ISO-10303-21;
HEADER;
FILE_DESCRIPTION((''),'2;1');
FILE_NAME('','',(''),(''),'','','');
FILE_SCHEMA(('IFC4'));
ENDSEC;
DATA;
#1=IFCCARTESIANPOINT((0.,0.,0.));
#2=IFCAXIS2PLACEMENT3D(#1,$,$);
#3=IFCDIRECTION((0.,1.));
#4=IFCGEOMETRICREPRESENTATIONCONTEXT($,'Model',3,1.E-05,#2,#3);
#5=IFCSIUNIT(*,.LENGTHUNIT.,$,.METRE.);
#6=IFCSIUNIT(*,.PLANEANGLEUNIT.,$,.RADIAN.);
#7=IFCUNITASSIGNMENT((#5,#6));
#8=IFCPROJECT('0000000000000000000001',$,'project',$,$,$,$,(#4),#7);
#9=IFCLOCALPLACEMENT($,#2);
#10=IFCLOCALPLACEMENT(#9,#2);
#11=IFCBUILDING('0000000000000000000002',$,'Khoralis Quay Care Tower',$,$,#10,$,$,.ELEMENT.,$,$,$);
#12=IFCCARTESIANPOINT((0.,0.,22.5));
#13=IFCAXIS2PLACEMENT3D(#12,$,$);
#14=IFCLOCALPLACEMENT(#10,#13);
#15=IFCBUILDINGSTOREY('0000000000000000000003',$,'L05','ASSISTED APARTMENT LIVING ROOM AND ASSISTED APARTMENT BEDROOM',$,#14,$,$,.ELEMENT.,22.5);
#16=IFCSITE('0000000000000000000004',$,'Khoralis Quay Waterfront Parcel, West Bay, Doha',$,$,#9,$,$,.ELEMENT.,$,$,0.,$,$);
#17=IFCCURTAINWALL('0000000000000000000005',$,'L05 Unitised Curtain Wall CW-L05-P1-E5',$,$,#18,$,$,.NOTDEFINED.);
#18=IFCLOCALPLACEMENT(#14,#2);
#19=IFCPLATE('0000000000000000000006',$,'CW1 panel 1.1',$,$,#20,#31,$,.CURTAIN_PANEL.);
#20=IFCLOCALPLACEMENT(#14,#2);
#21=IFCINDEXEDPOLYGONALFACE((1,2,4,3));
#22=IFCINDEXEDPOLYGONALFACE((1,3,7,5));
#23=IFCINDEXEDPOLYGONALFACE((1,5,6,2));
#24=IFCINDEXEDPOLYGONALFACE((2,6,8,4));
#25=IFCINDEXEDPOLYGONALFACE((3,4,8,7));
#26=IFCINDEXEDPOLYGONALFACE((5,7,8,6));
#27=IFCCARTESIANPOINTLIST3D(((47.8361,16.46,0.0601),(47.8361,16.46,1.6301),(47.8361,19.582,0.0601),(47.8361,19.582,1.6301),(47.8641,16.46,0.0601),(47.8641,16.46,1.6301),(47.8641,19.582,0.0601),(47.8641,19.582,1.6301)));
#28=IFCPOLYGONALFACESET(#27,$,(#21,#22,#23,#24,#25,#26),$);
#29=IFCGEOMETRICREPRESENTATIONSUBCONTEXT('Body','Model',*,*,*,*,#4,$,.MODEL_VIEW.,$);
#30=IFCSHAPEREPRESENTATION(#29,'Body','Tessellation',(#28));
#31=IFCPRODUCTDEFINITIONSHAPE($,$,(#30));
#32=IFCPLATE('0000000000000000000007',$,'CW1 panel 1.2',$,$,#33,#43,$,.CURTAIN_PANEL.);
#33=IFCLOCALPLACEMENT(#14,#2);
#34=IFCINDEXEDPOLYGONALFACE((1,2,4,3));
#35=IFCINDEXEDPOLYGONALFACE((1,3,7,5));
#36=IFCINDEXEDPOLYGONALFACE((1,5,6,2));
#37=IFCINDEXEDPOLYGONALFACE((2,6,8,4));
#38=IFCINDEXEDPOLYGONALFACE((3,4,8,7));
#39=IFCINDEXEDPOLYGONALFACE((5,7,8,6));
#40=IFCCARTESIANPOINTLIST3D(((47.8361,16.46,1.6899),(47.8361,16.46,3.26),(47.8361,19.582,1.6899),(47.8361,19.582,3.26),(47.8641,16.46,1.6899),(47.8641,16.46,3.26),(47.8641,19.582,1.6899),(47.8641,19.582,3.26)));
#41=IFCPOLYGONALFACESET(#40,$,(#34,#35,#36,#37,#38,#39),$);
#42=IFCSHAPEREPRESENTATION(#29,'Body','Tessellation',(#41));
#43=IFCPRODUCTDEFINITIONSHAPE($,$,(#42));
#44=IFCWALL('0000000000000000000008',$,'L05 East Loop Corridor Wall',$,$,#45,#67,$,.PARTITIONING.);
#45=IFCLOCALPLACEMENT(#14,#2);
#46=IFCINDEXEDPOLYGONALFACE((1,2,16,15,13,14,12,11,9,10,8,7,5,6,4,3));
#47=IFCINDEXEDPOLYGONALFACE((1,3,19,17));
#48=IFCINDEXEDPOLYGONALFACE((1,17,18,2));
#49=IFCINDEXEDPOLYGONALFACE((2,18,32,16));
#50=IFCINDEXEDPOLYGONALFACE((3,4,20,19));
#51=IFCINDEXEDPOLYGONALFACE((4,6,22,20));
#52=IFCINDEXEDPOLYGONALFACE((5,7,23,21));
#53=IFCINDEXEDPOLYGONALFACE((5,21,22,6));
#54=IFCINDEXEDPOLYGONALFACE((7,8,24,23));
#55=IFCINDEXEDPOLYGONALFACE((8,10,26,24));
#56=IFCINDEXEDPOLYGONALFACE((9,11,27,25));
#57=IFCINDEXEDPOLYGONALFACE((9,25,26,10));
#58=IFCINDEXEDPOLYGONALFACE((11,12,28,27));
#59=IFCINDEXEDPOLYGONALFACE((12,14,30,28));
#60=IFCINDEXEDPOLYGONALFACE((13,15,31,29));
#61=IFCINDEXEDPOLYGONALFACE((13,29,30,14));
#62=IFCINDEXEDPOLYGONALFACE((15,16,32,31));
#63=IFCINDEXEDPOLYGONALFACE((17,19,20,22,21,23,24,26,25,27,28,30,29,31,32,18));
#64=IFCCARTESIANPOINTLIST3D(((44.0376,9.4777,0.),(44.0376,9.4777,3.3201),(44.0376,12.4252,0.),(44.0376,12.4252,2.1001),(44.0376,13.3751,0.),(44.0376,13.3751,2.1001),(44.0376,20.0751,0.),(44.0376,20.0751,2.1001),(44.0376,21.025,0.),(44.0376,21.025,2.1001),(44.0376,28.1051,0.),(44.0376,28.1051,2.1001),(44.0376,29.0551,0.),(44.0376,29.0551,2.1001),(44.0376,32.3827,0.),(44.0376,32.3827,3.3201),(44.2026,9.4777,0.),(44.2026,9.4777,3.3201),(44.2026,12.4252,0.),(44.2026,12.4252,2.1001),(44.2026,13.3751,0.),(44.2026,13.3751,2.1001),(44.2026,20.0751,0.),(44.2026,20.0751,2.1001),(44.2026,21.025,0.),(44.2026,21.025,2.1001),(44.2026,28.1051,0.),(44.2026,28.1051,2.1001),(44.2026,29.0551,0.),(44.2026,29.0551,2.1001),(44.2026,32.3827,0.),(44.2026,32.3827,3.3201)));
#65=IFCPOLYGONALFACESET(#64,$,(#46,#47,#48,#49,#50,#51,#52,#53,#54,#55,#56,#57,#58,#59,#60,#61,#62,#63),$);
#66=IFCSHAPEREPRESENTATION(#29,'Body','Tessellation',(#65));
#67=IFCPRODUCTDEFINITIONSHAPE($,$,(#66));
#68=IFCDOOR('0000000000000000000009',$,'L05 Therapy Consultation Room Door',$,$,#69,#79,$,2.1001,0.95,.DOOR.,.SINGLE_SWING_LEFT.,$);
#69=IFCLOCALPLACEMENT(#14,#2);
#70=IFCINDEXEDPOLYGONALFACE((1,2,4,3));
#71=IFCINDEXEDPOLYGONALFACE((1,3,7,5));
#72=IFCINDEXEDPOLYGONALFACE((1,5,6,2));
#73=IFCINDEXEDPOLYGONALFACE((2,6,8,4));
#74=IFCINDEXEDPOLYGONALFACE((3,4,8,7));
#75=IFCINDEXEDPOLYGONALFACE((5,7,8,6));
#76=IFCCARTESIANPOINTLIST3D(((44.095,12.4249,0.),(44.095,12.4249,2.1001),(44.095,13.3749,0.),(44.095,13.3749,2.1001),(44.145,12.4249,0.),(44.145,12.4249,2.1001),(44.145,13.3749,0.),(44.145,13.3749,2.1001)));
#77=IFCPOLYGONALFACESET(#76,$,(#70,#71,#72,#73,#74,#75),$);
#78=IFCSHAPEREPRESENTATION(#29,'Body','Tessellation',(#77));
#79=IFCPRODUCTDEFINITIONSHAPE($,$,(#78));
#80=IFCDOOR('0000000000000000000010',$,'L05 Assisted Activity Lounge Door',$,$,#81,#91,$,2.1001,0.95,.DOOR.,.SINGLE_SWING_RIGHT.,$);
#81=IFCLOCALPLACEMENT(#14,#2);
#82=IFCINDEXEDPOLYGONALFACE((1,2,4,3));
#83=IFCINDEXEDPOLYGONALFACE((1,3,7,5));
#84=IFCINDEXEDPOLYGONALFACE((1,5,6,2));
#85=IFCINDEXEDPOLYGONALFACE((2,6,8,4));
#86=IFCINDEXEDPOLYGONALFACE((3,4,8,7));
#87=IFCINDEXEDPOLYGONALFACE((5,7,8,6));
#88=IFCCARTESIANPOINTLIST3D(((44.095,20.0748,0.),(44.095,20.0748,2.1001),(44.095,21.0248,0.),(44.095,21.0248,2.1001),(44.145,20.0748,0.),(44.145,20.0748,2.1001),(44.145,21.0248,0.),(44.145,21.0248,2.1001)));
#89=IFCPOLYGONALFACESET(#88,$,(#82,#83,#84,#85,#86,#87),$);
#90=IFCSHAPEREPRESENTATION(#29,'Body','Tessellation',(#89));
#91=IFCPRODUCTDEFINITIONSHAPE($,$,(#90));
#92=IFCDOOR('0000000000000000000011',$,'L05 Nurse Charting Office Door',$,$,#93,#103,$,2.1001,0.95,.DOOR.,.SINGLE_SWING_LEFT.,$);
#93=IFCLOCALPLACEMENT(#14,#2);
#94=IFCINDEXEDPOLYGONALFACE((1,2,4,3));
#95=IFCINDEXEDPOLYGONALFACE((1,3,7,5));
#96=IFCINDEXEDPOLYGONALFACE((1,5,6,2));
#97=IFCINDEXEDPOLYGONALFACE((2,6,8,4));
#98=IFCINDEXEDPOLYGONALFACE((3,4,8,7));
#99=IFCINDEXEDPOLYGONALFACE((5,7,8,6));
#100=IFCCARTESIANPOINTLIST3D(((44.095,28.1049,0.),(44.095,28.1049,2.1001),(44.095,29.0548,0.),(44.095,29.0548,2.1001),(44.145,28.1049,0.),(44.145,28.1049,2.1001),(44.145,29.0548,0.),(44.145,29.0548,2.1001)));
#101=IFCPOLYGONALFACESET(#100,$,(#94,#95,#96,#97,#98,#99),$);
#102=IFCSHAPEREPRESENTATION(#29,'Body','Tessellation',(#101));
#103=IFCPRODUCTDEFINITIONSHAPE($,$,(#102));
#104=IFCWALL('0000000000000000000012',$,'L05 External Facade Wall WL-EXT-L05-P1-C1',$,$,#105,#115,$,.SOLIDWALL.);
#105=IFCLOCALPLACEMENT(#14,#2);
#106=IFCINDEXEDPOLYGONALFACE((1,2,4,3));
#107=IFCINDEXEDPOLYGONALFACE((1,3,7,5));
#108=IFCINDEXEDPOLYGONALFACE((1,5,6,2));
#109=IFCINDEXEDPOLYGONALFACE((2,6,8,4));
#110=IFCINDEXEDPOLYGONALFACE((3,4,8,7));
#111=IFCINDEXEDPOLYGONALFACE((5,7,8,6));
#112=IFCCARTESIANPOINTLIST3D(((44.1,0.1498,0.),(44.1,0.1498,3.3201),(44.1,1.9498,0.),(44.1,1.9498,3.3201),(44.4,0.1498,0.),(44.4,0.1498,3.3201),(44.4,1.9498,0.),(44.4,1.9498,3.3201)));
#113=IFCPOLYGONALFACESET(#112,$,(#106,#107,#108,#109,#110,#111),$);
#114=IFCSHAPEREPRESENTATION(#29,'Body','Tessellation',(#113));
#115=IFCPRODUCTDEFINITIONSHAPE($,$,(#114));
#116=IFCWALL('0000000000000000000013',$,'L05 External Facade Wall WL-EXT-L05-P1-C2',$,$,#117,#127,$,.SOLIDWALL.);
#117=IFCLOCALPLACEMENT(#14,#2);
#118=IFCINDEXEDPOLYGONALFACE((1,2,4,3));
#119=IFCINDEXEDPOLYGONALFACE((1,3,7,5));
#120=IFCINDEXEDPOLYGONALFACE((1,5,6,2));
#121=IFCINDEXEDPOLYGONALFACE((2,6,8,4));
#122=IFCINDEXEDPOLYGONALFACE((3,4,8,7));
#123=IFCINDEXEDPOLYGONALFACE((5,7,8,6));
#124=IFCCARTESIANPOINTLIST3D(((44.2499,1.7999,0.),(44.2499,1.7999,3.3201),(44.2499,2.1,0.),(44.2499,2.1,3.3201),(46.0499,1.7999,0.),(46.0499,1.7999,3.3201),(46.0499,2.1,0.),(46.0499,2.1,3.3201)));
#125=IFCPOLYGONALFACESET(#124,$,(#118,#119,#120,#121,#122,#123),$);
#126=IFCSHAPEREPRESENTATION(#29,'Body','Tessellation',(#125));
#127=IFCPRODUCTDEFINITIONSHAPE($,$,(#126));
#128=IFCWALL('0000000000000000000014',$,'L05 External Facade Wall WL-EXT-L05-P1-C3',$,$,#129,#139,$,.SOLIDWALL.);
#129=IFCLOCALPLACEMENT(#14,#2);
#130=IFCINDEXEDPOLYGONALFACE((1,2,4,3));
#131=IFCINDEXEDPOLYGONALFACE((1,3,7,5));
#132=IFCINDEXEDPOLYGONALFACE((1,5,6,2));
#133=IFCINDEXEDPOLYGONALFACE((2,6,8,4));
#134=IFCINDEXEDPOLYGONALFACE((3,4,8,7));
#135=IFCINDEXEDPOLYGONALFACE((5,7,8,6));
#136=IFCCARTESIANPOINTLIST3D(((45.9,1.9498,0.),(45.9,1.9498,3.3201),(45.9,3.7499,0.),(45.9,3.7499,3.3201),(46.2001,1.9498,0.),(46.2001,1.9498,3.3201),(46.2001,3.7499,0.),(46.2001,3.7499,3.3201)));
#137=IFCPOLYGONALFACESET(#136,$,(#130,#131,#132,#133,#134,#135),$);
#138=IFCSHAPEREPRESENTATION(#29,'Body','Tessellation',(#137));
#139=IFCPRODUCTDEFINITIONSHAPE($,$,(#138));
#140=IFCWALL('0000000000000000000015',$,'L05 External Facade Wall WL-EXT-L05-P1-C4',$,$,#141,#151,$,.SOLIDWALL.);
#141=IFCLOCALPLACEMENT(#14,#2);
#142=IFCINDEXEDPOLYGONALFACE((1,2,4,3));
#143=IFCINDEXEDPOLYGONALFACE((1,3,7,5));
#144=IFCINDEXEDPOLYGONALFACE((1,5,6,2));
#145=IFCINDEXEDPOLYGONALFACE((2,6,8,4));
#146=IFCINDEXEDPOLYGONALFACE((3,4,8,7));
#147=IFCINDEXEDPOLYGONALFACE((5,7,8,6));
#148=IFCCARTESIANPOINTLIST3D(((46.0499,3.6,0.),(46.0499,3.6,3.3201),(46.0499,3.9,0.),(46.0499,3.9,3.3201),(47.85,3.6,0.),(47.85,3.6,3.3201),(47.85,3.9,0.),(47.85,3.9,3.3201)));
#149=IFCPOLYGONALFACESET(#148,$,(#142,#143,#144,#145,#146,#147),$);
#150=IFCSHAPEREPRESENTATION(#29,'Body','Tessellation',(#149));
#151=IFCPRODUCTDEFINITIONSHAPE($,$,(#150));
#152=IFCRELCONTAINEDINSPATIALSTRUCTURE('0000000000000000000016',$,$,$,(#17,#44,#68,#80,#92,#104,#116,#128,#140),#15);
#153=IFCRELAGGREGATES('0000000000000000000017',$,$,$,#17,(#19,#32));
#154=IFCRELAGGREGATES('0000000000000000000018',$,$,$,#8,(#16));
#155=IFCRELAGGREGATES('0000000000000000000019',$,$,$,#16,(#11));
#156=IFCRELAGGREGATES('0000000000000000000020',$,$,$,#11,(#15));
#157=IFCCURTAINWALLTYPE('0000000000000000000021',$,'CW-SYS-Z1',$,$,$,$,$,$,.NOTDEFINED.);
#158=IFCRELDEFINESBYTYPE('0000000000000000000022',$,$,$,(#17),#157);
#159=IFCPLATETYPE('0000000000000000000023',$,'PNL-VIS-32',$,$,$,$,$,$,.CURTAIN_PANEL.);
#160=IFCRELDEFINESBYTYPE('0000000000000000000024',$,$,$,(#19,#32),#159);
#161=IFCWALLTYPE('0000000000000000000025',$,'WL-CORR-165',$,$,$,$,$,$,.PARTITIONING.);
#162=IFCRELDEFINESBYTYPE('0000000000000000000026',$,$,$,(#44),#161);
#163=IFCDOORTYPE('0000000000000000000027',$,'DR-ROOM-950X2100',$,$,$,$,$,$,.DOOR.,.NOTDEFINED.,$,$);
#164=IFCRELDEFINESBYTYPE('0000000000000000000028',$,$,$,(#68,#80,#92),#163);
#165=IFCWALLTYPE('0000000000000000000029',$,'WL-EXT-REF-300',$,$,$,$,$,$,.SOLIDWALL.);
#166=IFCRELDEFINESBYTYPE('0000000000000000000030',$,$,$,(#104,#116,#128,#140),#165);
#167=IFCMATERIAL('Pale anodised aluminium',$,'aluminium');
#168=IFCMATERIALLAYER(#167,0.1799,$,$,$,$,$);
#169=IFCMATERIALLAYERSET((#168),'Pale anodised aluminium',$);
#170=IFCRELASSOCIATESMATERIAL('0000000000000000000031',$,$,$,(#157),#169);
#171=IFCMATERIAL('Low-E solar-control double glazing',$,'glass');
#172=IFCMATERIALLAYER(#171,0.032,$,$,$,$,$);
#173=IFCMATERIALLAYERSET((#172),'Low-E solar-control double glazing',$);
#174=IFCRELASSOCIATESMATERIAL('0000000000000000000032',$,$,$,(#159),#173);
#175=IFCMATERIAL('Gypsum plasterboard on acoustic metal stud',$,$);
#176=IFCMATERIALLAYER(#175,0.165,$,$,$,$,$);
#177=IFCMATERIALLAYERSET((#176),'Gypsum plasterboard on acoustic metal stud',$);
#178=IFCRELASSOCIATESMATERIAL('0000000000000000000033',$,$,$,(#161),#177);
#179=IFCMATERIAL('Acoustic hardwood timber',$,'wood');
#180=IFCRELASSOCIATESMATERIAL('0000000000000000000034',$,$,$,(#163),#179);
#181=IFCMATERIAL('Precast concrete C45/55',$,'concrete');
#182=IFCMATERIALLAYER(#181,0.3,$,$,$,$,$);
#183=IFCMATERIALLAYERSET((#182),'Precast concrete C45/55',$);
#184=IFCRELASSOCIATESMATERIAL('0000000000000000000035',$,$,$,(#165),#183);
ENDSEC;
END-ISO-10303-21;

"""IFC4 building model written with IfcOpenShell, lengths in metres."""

from ifc_helpers import new_model, si_unit, direction, frame, frame_2d, origin, origin_2d, place, context, subcontext, project, spatial, rectangle, extrude, source, transform, mapped, material, layer, layer_set, type_object, element, fill, aggregate, save


model = new_model("IFC4")

# Units and contexts
model_context = context("Model", 3, precision=1e-05, world=origin(), true_north=direction((0.0, 1.0)))
body_context = subcontext(model_context, "Body", "Model", "MODEL_VIEW")
ifc_project = project(units=[si_unit("LENGTHUNIT", "METRE"), si_unit("PLANEANGLEUNIT", "RADIAN")], contexts=[model_context])

# Site, building, storey
site_placement = place(None, origin())
site = spatial("IfcSite", under=ifc_project, at=site_placement, Name="Khoralis Quay Waterfront Parcel, West Bay, Doha", CompositionType="ELEMENT", RefElevation=0.0)
building_placement = place(site_placement, origin())
building = spatial("IfcBuilding", under=site, at=building_placement, Name="Khoralis Quay Care Tower", CompositionType="ELEMENT")
storey_placement = place(building_placement, frame((0.0, 0.0, 22.5)))
storey = spatial("IfcBuildingStorey", under=building, at=storey_placement, Name="L05", Description="ASSISTED APARTMENT LIVING ROOM AND ASSISTED APARTMENT BEDROOM", CompositionType="ELEMENT", Elevation=22.5)

# Curtain wall, plates
ifc_material_1 = material(Name="Pale anodised aluminium", Category="aluminium")
ifc_layer_1 = layer(ifc_material_1, 0.1799)
ifc_layer_set_1 = layer_set([ifc_layer_1], Name="Pale anodised aluminium")
curtain_wall_type = type_object("IfcCurtainWallType", Name="CW-SYS-Z1", PredefinedType="NOTDEFINED", material=ifc_layer_set_1)
curtain_wall_placement = place(storey_placement, origin())
curtain_wall = element("IfcCurtainWall", 1, at=curtain_wall_placement, inside=storey, type_object=curtain_wall_type, Name="L05 Unitised Curtain Wall CW-L05-P1-E5", PredefinedType="NOTDEFINED")
ifc_material_2 = material(Name="Low-E solar-control double glazing", Category="glass")
ifc_layer_2 = layer(ifc_material_2, 0.032)
ifc_layer_set_2 = layer_set([ifc_layer_2], Name="Low-E solar-control double glazing")
plate_type = type_object("IfcPlateType", Name="PNL-VIS-32", PredefinedType="CURTAIN_PANEL", material=ifc_layer_set_2)
shared_shape_1 = source(origin(), body_context, "Body", "SweptSolid", [
    extrude(rectangle(XDim=3.1221, YDim=0.0281, at=origin_2d()), origin(), (0.0, 0.0, 1.0), 1.5701),
])
plate_1_placement = place(storey_placement, frame((47.8501, 18.021, 0.0601), z_axis=(0.0, 0.0, 1.0), x_axis=(0.0, 1.0, 0.0)))
plate_1 = element("IfcPlate", 2, at=plate_1_placement, type_object=plate_type, Name="CW1 panel 1.1", PredefinedType="CURTAIN_PANEL", context=body_context, shape_type="MappedRepresentation", body=[
    mapped(shared_shape_1, transform((0.0, 0.0, 0.0), scale=1.0)),
])
plate_2_placement = place(storey_placement, frame((47.8501, 18.021, 1.6899), z_axis=(0.0, 0.0, 1.0), x_axis=(0.0, 1.0, 0.0)))
plate_2 = element("IfcPlate", 3, at=plate_2_placement, type_object=plate_type, Name="CW1 panel 1.2", PredefinedType="CURTAIN_PANEL", context=body_context, shape_type="MappedRepresentation", body=[
    mapped(shared_shape_1, transform((0.0, 0.0, 0.0), scale=1.0)),
])
aggregate(curtain_wall, [plate_1, plate_2])

# Wall, openings, doors
ifc_material_3 = material(Name="Gypsum plasterboard on acoustic metal stud")
ifc_layer_3 = layer(ifc_material_3, 0.165)
ifc_layer_set_3 = layer_set([ifc_layer_3], Name="Gypsum plasterboard on acoustic metal stud")
wall_type_1 = type_object("IfcWallType", Name="WL-CORR-165", PredefinedType="PARTITIONING", material=ifc_layer_set_3)
wall_1_placement = place(storey_placement, frame((44.1201, 9.4775, 0.0), z_axis=(0.0, 0.0, 1.0), x_axis=(0.0, 1.0, 0.0)))
wall_1 = element("IfcWall", 4, at=wall_1_placement, inside=storey, type_object=wall_type_1, Name="L05 East Loop Corridor Wall", PredefinedType="PARTITIONING", context=body_context, shape_type="SweptSolid", body=[
    extrude(rectangle(XDim=22.905, YDim=0.165, at=frame_2d((11.4526, 0.0))), origin(), (0.0, 0.0, 1.0), 3.3201),
])
opening_1_placement = place(wall_1_placement, frame((2.9475, 0.0, 0.0)))
opening_1 = element("IfcOpeningElement", 5, at=opening_1_placement, cuts=wall_1, PredefinedType="OPENING", context=body_context, shape_type="SweptSolid", body=[
    extrude(rectangle(XDim=0.95, YDim=2.1001, at=frame_2d((0.4751, 1.05))), frame((0.0, 0.0925, 0.0), z_axis=(0.0, -1.0, 0.0), x_axis=(1.0, 0.0, 0.0)), (0.0, 0.0, 1.0), 0.1851),
])
opening_2_placement = place(wall_1_placement, frame((10.5974, 0.0, 0.0)))
opening_2 = element("IfcOpeningElement", 6, at=opening_2_placement, cuts=wall_1, PredefinedType="OPENING", context=body_context, shape_type="SweptSolid", body=[
    extrude(rectangle(XDim=0.95, YDim=2.1001, at=frame_2d((0.4751, 1.05))), frame((0.0, 0.0925, 0.0), z_axis=(0.0, -1.0, 0.0), x_axis=(1.0, 0.0, 0.0)), (0.0, 0.0, 1.0), 0.1851),
])
opening_3_placement = place(wall_1_placement, frame((18.6274, 0.0, 0.0)))
opening_3 = element("IfcOpeningElement", 7, at=opening_3_placement, cuts=wall_1, PredefinedType="OPENING", context=body_context, shape_type="SweptSolid", body=[
    extrude(rectangle(XDim=0.95, YDim=2.1001, at=frame_2d((0.4751, 1.05))), frame((0.0, 0.0925, 0.0), z_axis=(0.0, -1.0, 0.0), x_axis=(1.0, 0.0, 0.0)), (0.0, 0.0, 1.0), 0.1851),
])
ifc_material_4 = material(Name="Acoustic hardwood timber", Category="wood")
door_type = type_object("IfcDoorType", Name="DR-ROOM-950X2100", OperationType="NOTDEFINED", PredefinedType="DOOR", material=ifc_material_4)
shared_shape_2 = source(origin(), body_context, "Body", "SweptSolid", [
    extrude(rectangle(XDim=0.95, YDim=2.1001, at=frame_2d((0.4751, 1.05))), frame((0.0, 0.0249, 0.0), z_axis=(0.0, -1.0, 0.0), x_axis=(1.0, 0.0, 0.0)), (0.0, 0.0, 1.0), 0.05),
])
door_1_placement = place(opening_1_placement, frame((0.95, 0.0, 0.0), z_axis=(0.0, 0.0, 1.0), x_axis=(-1.0, 0.0, 0.0)))
door_1 = element("IfcDoor", 8, at=door_1_placement, inside=storey, type_object=door_type, Name="L05 Therapy Consultation Room Door", OperationType="SINGLE_SWING_LEFT", OverallHeight=2.1001, OverallWidth=0.95, PredefinedType="DOOR", context=body_context, shape_type="MappedRepresentation", body=[
    mapped(shared_shape_2, transform((0.0, 0.0, 0.0), scale=1.0)),
])
fill(opening_1, door_1)
door_2_placement = place(opening_2_placement, frame((0.95, 0.0, 0.0), z_axis=(0.0, 0.0, 1.0), x_axis=(-1.0, 0.0, 0.0)))
door_2 = element("IfcDoor", 9, at=door_2_placement, inside=storey, type_object=door_type, Name="L05 Assisted Activity Lounge Door", OperationType="SINGLE_SWING_RIGHT", OverallHeight=2.1001, OverallWidth=0.95, PredefinedType="DOOR", context=body_context, shape_type="MappedRepresentation", body=[
    mapped(shared_shape_2, transform((0.0, 0.0, 0.0), scale=1.0)),
])
fill(opening_2, door_2)
door_3_placement = place(opening_3_placement, frame((0.95, 0.0, 0.0), z_axis=(0.0, 0.0, 1.0), x_axis=(-1.0, 0.0, 0.0)))
door_3 = element("IfcDoor", 10, at=door_3_placement, inside=storey, type_object=door_type, Name="L05 Nurse Charting Office Door", OperationType="SINGLE_SWING_LEFT", OverallHeight=2.1001, OverallWidth=0.95, PredefinedType="DOOR", context=body_context, shape_type="MappedRepresentation", body=[
    mapped(shared_shape_2, transform((0.0, 0.0, 0.0), scale=1.0)),
])
fill(opening_3, door_3)

# Walls
ifc_material_5 = material(Name="Precast concrete C45/55", Category="concrete")
ifc_layer_4 = layer(ifc_material_5, 0.3)
ifc_layer_set_4 = layer_set([ifc_layer_4], Name="Precast concrete C45/55")
wall_type_2 = type_object("IfcWallType", Name="WL-EXT-REF-300", PredefinedType="SOLIDWALL", material=ifc_layer_set_4)
for number, where, z_axis, x_axis, name in (
    (11, (44.25, 0.1499, 0.0), (0.0, 0.0, 1.0), (0.0, 1.0, 0.0), "L05 External Facade Wall WL-EXT-L05-P1-C1"),
    (12, (44.25, 1.95, 0.0), (0.0, 0.0, 1.0), (1.0, 0.0, 0.0), "L05 External Facade Wall WL-EXT-L05-P1-C2"),
    (13, (46.05, 1.95, 0.0), (0.0, 0.0, 1.0), (0.0, 1.0, 0.0), "L05 External Facade Wall WL-EXT-L05-P1-C3"),
    (14, (46.05, 3.75, 0.0), (0.0, 0.0, 1.0), (1.0, 0.0, 0.0), "L05 External Facade Wall WL-EXT-L05-P1-C4"),
):
    element("IfcWall", number, at=place(storey_placement, frame(where, z_axis=z_axis, x_axis=x_axis)), inside=storey, type_object=wall_type_2, Name=name, PredefinedType="SOLIDWALL", context=body_context, shape_type="SweptSolid", body=[
        extrude(rectangle(XDim=1.8, YDim=0.3, at=frame_2d((0.8999, 0.0))), origin(), (0.0, 0.0, 1.0), 3.3201),
    ])

save(model, "model.ifc")
